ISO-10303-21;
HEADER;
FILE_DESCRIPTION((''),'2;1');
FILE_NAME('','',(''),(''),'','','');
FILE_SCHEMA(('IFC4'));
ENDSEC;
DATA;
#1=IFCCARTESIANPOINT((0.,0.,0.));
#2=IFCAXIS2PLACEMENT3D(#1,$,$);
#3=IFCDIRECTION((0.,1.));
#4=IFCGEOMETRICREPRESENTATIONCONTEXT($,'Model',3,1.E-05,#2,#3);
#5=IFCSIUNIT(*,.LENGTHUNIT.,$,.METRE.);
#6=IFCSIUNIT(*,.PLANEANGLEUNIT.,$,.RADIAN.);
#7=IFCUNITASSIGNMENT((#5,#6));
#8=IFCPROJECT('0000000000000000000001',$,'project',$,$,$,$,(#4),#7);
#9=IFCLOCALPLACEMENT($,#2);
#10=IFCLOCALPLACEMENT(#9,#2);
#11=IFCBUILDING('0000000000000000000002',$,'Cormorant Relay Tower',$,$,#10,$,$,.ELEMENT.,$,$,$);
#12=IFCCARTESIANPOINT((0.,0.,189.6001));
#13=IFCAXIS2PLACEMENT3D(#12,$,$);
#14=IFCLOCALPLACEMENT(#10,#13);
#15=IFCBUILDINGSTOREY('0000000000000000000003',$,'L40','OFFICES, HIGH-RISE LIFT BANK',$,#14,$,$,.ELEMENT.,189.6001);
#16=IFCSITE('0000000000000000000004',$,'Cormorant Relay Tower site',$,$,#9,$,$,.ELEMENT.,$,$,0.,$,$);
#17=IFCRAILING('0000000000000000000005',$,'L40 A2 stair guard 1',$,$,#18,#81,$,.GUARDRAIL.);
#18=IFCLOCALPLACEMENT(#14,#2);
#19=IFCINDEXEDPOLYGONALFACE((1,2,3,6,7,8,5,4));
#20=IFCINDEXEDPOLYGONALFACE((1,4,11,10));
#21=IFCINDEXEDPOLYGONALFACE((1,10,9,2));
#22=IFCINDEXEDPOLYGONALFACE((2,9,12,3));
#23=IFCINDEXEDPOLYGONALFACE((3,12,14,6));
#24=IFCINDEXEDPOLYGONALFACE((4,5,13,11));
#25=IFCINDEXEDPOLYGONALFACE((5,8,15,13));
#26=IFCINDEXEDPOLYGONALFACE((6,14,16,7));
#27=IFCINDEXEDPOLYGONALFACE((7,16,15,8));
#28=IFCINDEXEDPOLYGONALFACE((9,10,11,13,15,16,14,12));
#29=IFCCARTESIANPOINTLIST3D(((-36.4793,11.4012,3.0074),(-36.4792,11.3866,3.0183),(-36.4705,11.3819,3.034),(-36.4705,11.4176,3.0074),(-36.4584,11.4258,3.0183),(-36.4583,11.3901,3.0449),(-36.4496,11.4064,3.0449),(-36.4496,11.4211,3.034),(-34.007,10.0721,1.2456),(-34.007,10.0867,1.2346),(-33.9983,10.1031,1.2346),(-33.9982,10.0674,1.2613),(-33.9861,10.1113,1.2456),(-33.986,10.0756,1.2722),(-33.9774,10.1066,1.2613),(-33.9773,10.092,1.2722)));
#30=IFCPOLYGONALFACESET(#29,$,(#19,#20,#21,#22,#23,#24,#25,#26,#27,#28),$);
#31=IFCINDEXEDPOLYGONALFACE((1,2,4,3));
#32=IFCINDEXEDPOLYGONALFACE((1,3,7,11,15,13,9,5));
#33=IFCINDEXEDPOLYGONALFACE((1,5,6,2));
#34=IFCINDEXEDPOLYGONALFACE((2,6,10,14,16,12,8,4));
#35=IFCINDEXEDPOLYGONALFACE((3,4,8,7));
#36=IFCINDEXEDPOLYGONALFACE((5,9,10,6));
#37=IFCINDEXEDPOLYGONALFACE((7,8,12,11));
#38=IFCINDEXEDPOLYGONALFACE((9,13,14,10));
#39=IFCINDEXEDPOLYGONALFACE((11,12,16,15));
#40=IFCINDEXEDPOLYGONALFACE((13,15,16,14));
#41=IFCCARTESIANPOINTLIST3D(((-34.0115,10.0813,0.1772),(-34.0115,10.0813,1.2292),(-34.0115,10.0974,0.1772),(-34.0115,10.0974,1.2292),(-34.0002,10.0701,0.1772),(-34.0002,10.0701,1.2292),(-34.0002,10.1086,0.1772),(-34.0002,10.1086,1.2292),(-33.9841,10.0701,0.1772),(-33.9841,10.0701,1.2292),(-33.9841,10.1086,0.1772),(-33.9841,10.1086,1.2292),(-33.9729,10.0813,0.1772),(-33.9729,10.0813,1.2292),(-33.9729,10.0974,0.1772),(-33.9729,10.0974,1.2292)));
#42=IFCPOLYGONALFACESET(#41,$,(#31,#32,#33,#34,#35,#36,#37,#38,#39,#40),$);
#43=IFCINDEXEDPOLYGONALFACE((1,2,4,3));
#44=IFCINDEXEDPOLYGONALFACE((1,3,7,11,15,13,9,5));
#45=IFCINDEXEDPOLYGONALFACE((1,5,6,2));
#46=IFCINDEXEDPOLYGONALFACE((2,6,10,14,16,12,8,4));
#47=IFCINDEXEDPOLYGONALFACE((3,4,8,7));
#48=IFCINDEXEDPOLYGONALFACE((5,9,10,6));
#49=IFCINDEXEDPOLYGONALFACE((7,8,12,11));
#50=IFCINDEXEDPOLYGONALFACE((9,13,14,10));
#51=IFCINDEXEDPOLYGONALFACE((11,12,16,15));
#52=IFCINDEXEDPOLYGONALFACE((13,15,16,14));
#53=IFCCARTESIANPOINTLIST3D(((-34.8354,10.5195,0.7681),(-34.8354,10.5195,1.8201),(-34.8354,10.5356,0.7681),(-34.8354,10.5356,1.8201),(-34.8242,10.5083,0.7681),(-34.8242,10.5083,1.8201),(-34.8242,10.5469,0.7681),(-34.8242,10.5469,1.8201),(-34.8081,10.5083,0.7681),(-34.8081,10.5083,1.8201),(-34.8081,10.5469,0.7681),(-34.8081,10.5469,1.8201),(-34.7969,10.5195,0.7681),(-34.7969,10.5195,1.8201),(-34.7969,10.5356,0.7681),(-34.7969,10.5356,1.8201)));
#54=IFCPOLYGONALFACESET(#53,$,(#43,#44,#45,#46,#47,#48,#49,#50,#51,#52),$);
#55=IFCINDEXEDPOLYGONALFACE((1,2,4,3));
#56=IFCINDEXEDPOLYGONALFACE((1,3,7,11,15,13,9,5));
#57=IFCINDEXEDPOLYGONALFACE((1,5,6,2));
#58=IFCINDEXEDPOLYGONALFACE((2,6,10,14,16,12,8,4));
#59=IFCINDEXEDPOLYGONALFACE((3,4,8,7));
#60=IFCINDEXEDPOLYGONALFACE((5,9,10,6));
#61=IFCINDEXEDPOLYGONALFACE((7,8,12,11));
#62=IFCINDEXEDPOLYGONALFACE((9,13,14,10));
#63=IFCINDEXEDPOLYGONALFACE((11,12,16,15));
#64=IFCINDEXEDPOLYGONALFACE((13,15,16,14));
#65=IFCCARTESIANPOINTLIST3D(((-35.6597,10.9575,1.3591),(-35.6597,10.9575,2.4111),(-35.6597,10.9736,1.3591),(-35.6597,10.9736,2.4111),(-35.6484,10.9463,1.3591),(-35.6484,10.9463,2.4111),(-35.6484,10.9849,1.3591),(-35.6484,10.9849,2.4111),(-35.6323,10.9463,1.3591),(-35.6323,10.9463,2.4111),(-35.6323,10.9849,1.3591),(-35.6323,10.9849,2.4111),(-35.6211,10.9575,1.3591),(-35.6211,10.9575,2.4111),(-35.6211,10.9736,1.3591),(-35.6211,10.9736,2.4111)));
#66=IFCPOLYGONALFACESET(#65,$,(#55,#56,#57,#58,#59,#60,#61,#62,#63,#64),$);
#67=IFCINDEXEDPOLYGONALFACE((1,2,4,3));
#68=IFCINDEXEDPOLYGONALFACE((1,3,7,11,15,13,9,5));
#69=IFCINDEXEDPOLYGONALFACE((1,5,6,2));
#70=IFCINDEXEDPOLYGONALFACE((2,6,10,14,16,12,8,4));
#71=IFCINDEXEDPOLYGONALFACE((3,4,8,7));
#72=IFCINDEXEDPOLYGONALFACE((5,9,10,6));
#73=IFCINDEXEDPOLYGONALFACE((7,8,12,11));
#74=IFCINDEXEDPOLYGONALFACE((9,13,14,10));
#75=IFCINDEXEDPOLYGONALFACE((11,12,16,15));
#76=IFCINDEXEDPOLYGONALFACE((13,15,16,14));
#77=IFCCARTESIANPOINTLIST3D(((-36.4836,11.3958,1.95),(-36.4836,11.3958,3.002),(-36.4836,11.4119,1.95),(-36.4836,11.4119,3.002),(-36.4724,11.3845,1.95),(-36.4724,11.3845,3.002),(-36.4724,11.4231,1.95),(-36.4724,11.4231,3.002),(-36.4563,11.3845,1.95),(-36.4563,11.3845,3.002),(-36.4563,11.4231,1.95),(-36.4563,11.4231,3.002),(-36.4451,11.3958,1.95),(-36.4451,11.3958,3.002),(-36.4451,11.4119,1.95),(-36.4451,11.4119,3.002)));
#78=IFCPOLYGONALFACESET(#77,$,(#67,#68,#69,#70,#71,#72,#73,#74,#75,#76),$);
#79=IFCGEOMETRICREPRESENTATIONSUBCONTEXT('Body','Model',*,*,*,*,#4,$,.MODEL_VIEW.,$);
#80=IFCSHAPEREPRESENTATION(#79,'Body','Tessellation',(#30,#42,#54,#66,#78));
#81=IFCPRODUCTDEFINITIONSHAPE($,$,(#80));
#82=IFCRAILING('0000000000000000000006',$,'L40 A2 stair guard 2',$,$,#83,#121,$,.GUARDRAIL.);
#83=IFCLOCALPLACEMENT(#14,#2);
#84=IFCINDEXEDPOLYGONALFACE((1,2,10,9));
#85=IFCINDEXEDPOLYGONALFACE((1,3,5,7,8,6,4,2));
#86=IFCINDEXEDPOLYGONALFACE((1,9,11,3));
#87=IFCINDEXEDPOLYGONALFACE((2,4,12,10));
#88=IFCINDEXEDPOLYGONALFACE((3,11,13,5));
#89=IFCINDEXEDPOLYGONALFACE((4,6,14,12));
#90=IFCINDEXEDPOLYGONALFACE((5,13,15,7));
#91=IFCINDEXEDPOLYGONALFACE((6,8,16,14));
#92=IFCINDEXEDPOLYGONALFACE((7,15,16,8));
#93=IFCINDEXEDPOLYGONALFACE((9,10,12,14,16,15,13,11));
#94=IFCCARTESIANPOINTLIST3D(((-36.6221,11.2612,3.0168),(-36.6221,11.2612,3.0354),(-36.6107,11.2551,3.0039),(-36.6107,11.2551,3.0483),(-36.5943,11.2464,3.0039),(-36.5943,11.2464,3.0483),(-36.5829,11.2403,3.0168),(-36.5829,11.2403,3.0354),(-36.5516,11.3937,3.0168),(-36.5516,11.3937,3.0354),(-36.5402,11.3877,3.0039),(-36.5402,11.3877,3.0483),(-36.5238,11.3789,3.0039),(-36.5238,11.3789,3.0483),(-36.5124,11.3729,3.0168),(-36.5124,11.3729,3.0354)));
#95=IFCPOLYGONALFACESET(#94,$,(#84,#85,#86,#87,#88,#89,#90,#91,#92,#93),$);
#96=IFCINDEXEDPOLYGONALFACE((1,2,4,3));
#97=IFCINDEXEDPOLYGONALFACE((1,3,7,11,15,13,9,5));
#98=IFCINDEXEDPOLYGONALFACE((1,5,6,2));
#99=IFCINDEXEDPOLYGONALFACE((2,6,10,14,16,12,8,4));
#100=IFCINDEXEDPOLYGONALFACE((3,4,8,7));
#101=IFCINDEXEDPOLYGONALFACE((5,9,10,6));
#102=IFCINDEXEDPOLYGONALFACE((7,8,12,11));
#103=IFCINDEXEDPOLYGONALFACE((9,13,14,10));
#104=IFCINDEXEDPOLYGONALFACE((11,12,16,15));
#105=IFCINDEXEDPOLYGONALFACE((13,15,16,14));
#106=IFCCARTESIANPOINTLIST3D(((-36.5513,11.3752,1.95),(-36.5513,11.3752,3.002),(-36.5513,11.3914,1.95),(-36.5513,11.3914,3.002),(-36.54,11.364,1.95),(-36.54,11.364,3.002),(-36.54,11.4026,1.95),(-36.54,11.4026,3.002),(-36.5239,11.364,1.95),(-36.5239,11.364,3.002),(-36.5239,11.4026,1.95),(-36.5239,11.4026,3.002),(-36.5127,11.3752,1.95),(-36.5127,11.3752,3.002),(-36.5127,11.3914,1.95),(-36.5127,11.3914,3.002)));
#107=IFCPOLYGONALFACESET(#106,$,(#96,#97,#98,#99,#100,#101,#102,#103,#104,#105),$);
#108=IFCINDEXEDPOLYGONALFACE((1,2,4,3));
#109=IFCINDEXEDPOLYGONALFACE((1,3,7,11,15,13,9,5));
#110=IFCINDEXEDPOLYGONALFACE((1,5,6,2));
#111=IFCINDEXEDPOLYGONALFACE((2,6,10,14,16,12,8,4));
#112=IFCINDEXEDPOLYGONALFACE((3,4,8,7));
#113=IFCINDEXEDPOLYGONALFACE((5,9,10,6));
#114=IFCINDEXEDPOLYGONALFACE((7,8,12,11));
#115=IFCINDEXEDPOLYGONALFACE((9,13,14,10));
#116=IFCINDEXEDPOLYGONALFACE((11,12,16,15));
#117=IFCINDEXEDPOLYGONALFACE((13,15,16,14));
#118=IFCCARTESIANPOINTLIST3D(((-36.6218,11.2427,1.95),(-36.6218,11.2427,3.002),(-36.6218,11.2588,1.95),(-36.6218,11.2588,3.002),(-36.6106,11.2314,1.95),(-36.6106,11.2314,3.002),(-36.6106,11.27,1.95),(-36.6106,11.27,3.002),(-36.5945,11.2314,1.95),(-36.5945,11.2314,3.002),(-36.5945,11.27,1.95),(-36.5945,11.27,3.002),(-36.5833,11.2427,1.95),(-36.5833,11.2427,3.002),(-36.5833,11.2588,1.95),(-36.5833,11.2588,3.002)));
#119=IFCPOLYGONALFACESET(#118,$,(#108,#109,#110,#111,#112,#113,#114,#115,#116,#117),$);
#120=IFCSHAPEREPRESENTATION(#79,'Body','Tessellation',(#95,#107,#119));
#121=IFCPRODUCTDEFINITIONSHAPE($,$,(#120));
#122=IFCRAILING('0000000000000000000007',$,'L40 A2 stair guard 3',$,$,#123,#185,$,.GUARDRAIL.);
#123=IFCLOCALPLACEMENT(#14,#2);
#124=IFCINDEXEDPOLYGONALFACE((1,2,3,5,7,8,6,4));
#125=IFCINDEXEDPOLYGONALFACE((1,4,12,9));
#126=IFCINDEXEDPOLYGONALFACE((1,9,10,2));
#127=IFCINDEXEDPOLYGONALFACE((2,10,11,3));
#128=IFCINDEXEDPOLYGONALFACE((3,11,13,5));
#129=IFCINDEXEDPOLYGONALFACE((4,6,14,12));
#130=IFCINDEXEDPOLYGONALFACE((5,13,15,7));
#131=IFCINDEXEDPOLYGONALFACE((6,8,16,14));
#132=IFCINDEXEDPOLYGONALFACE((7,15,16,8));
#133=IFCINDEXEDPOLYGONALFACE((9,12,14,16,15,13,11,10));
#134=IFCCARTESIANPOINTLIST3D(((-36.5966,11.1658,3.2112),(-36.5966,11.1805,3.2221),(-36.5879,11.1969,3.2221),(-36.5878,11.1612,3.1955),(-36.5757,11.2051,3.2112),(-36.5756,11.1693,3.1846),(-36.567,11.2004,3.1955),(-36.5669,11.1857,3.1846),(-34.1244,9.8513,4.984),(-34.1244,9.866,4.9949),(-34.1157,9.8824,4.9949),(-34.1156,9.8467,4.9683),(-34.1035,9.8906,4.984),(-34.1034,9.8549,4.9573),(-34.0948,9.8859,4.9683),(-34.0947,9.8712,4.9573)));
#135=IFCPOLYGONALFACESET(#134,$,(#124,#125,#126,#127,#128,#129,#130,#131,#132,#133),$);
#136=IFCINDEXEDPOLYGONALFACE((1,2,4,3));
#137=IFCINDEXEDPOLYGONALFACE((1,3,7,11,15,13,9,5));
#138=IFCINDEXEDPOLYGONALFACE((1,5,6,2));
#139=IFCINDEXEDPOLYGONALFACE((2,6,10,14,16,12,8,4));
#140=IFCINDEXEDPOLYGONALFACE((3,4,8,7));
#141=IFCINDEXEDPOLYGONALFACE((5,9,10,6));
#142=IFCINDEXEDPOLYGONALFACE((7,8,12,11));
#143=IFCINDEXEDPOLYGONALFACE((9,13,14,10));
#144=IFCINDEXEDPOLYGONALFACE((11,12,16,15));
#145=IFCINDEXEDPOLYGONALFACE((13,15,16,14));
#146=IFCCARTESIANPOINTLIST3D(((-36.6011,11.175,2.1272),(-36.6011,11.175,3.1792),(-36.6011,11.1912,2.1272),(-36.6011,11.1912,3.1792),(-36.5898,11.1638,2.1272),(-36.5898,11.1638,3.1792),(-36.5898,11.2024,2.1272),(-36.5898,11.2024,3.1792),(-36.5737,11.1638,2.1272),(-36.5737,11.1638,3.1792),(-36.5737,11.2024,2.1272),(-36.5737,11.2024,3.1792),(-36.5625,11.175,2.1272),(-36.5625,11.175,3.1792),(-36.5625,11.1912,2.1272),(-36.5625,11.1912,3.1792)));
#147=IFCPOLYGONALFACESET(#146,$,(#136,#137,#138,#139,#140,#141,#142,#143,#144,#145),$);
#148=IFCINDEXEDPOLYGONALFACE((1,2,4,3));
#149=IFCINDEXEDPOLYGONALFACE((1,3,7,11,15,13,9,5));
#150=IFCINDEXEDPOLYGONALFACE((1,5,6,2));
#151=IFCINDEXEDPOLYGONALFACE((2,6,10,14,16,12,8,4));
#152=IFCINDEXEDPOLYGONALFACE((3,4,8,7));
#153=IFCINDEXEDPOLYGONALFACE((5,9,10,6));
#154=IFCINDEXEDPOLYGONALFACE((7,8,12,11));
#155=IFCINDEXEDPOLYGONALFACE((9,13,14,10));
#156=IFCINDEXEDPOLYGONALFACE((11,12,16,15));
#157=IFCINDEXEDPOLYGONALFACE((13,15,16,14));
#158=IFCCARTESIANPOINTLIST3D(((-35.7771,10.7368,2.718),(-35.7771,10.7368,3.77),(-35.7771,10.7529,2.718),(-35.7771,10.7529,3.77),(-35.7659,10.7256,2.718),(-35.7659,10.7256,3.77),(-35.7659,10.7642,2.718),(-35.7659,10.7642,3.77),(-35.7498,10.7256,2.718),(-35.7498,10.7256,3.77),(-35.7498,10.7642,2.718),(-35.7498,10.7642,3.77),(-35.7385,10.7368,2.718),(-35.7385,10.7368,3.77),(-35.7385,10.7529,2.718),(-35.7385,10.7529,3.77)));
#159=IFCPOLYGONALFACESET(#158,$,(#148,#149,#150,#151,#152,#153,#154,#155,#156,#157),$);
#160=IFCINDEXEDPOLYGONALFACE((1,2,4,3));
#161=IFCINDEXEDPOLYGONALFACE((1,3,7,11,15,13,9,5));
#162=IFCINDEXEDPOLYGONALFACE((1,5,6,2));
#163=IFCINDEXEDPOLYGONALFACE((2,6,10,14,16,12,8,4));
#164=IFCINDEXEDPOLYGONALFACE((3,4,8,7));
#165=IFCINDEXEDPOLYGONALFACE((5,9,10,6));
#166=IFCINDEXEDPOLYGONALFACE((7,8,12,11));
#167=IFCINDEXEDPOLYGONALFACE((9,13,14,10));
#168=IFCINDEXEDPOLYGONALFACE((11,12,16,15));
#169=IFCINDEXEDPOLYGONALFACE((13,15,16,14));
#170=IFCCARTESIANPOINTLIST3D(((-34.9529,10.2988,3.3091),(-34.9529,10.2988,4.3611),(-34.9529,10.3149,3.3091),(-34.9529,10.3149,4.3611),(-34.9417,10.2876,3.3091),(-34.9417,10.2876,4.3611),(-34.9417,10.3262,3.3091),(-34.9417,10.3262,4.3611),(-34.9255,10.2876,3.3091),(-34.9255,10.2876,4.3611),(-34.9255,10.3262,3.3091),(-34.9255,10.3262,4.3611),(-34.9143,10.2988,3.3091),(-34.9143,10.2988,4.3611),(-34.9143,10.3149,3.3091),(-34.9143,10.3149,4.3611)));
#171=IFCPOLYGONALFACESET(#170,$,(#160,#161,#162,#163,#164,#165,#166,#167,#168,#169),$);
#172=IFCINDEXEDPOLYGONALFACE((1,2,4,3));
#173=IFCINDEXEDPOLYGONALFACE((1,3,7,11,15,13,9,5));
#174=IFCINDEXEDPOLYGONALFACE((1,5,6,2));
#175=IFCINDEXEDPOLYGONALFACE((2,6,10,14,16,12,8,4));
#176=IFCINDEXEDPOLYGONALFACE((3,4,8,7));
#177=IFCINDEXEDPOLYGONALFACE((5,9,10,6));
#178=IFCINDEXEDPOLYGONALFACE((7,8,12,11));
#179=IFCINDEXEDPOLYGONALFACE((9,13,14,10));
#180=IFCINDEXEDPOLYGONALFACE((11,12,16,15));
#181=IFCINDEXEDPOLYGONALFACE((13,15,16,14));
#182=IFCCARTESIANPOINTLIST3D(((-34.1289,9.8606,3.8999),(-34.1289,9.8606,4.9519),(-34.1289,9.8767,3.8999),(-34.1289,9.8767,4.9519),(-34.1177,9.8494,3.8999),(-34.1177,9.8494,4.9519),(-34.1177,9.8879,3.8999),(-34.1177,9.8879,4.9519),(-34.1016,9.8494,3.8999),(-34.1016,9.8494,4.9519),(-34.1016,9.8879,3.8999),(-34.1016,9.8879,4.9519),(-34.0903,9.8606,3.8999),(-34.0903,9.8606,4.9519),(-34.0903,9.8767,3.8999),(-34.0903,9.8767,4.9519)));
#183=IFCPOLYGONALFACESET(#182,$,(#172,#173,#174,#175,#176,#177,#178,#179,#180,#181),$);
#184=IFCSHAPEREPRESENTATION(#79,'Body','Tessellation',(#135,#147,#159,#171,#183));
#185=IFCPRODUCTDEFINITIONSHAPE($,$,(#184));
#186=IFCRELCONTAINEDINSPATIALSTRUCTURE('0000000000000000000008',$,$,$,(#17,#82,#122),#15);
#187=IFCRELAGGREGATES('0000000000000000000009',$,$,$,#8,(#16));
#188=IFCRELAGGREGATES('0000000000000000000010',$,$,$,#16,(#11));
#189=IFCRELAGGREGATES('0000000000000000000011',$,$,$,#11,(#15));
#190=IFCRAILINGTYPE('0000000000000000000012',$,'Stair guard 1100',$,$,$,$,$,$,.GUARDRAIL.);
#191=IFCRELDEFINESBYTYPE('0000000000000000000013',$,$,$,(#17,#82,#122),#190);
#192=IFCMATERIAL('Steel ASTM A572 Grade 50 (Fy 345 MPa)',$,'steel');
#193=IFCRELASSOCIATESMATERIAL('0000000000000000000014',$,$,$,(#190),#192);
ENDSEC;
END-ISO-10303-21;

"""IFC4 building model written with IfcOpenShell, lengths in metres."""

from ifc_helpers import new_model, si_unit, direction, frame, origin, place, context, subcontext, project, spatial, polyline, outline, extrude, material, type_object, element, save


model = new_model("IFC4")

# Units and contexts
model_context = context("Model", 3, precision=1e-05, world=origin(), true_north=direction((0.0, 1.0)))
body_context = subcontext(model_context, "Body", "Model", "MODEL_VIEW")
ifc_project = project(units=[si_unit("LENGTHUNIT", "METRE"), si_unit("PLANEANGLEUNIT", "RADIAN")], contexts=[model_context])

# Site, building, storey
site_placement = place(None, origin())
site = spatial("IfcSite", under=ifc_project, at=site_placement, Name="Cormorant Relay Tower site", CompositionType="ELEMENT", RefElevation=0.0)
building_placement = place(site_placement, origin())
building = spatial("IfcBuilding", under=site, at=building_placement, Name="Cormorant Relay Tower", CompositionType="ELEMENT")
storey_placement = place(building_placement, frame((0.0, 0.0, 189.6001)))
storey = spatial("IfcBuildingStorey", under=building, at=storey_placement, Name="L40", Description="OFFICES, HIGH-RISE LIFT BANK", CompositionType="ELEMENT", Elevation=189.6001)

# Railings
ifc_material_1 = material(Name="Steel ASTM A572 Grade 50 (Fy 345 MPa)", Category="steel")
railing_type_1 = type_object("IfcRailingType", Name="Stair guard 1100", PredefinedType="GUARDRAIL", material=ifc_material_1)
railing_1_placement = place(storey_placement, frame((-33.9922, 10.0894, 0.1772)))
element("IfcRailing", 1, at=railing_1_placement, inside=storey, type_object=railing_type_1, Name="L40 A2 stair guard 1", PredefinedType="GUARDRAIL", context=body_context, shape_type="SweptSolid", body=[
    extrude(outline(polyline([(0.0222, 0.0093), (0.0093, 0.0222), (-0.0093, 0.0222), (-0.0222, 0.0093), (-0.0222, -0.0093), (-0.0093, -0.0222), (0.0093, -0.0222), (0.0222, -0.0093), (0.0222, 0.0093)])), frame((0.0, 0.0, 1.0762), z_axis=(-0.746001, 0.396649, 0.534931), x_axis=(-0.469465, -0.882951, 0.0)), (0.0, 0.0, 1.0), 3.314),
    extrude(outline(polyline([(0.0193, 0.0081), (0.0081, 0.0193), (-0.0081, 0.0193), (-0.0193, 0.0081), (-0.0193, -0.0081), (-0.0081, -0.0193), (0.0081, -0.0193), (0.0193, -0.0081), (0.0193, 0.0081)])), origin(), (0.0, 0.0, 1.0), 1.052),
    extrude(outline(polyline([(0.0193, 0.0081), (0.0081, 0.0193), (-0.0081, 0.0193), (-0.0193, 0.0081), (-0.0193, -0.0081), (-0.0081, -0.0193), (0.0081, -0.0193), (0.0193, -0.0081), (0.0193, 0.0081)])), frame((-0.824, 0.4382, 0.5908)), (0.0, 0.0, 1.0), 1.052),
    extrude(outline(polyline([(0.0193, 0.0081), (0.0081, 0.0193), (-0.0081, 0.0193), (-0.0193, 0.0081), (-0.0193, -0.0081), (-0.0081, -0.0193), (0.0081, -0.0193), (0.0193, -0.0081), (0.0193, 0.0081)])), frame((-1.6482, 0.8762, 1.1819)), (0.0, 0.0, 1.0), 1.052),
    extrude(outline(polyline([(0.0193, 0.0081), (0.0081, 0.0193), (-0.0081, 0.0193), (-0.0193, 0.0081), (-0.0193, -0.0081), (-0.0081, -0.0193), (0.0081, -0.0193), (0.0193, -0.0081), (0.0193, 0.0081)])), frame((-2.4722, 1.3145, 1.7727)), (0.0, 0.0, 1.0), 1.052),
])
railing_2_placement = place(storey_placement, frame((-36.532, 11.3833, 1.95)))
element("IfcRailing", 2, at=railing_2_placement, inside=storey, type_object=railing_type_1, Name="L40 A2 stair guard 2", PredefinedType="GUARDRAIL", context=body_context, shape_type="SweptSolid", body=[
    extrude(outline(polyline([(0.0222, 0.0093), (0.0093, 0.0222), (-0.0093, 0.0222), (-0.0222, 0.0093), (-0.0222, -0.0093), (-0.0093, -0.0222), (0.0093, -0.0222), (0.0222, -0.0093), (0.0222, 0.0093)])), frame((0.0, 0.0, 1.0762), z_axis=(-0.469829, -0.882758, 0.0), x_axis=(0.882758, -0.469829, 0.0)), (0.0, 0.0, 1.0), 0.1501),
    extrude(outline(polyline([(0.0193, 0.0081), (0.0081, 0.0193), (-0.0081, 0.0193), (-0.0193, 0.0081), (-0.0193, -0.0081), (-0.0081, -0.0193), (0.0081, -0.0193), (0.0193, -0.0081), (0.0193, 0.0081)])), origin(), (0.0, 0.0, 1.0), 1.052),
    extrude(outline(polyline([(0.0193, 0.0081), (0.0081, 0.0193), (-0.0081, 0.0193), (-0.0193, 0.0081), (-0.0193, -0.0081), (-0.0081, -0.0193), (0.0081, -0.0193), (0.0193, -0.0081), (0.0193, 0.0081)])), frame((-0.0706, -0.1326, 0.0)), (0.0, 0.0, 1.0), 1.052),
])
railing_3_placement = place(storey_placement, frame((-36.5818, 11.1831, 2.1272)))
element("IfcRailing", 3, at=railing_3_placement, inside=storey, type_object=railing_type_1, Name="L40 A2 stair guard 3", PredefinedType="GUARDRAIL", context=body_context, shape_type="SweptSolid", body=[
    extrude(outline(polyline([(0.0222, 0.0093), (0.0093, 0.0222), (-0.0093, 0.0222), (-0.0222, 0.0093), (-0.0222, -0.0093), (-0.0093, -0.0222), (0.0093, -0.0222), (0.0222, -0.0093), (0.0222, 0.0093)])), frame((0.0, 0.0, 1.0762), z_axis=(0.746001, -0.396649, 0.534931), x_axis=(0.469465, 0.882951, 0.0)), (0.0, 0.0, 1.0), 3.314),
    extrude(outline(polyline([(0.0193, 0.0081), (0.0081, 0.0193), (-0.0081, 0.0193), (-0.0193, 0.0081), (-0.0193, -0.0081), (-0.0081, -0.0193), (0.0081, -0.0193), (0.0193, -0.0081), (0.0193, 0.0081)])), origin(), (0.0, 0.0, 1.0), 1.052),
    extrude(outline(polyline([(0.0193, 0.0081), (0.0081, 0.0193), (-0.0081, 0.0193), (-0.0193, 0.0081), (-0.0193, -0.0081), (-0.0081, -0.0193), (0.0081, -0.0193), (0.0193, -0.0081), (0.0193, 0.0081)])), frame((0.824, -0.4382, 0.5908)), (0.0, 0.0, 1.0), 1.052),
    extrude(outline(polyline([(0.0193, 0.0081), (0.0081, 0.0193), (-0.0081, 0.0193), (-0.0193, 0.0081), (-0.0193, -0.0081), (-0.0081, -0.0193), (0.0081, -0.0193), (0.0193, -0.0081), (0.0193, 0.0081)])), frame((1.6482, -0.8762, 1.1819)), (0.0, 0.0, 1.0), 1.052),
    extrude(outline(polyline([(0.0193, 0.0081), (0.0081, 0.0193), (-0.0081, 0.0193), (-0.0193, 0.0081), (-0.0193, -0.0081), (-0.0081, -0.0193), (0.0081, -0.0193), (0.0193, -0.0081), (0.0193, 0.0081)])), frame((2.4722, -1.3145, 1.7727)), (0.0, 0.0, 1.0), 1.052),
])

save(model, "model.ifc")
